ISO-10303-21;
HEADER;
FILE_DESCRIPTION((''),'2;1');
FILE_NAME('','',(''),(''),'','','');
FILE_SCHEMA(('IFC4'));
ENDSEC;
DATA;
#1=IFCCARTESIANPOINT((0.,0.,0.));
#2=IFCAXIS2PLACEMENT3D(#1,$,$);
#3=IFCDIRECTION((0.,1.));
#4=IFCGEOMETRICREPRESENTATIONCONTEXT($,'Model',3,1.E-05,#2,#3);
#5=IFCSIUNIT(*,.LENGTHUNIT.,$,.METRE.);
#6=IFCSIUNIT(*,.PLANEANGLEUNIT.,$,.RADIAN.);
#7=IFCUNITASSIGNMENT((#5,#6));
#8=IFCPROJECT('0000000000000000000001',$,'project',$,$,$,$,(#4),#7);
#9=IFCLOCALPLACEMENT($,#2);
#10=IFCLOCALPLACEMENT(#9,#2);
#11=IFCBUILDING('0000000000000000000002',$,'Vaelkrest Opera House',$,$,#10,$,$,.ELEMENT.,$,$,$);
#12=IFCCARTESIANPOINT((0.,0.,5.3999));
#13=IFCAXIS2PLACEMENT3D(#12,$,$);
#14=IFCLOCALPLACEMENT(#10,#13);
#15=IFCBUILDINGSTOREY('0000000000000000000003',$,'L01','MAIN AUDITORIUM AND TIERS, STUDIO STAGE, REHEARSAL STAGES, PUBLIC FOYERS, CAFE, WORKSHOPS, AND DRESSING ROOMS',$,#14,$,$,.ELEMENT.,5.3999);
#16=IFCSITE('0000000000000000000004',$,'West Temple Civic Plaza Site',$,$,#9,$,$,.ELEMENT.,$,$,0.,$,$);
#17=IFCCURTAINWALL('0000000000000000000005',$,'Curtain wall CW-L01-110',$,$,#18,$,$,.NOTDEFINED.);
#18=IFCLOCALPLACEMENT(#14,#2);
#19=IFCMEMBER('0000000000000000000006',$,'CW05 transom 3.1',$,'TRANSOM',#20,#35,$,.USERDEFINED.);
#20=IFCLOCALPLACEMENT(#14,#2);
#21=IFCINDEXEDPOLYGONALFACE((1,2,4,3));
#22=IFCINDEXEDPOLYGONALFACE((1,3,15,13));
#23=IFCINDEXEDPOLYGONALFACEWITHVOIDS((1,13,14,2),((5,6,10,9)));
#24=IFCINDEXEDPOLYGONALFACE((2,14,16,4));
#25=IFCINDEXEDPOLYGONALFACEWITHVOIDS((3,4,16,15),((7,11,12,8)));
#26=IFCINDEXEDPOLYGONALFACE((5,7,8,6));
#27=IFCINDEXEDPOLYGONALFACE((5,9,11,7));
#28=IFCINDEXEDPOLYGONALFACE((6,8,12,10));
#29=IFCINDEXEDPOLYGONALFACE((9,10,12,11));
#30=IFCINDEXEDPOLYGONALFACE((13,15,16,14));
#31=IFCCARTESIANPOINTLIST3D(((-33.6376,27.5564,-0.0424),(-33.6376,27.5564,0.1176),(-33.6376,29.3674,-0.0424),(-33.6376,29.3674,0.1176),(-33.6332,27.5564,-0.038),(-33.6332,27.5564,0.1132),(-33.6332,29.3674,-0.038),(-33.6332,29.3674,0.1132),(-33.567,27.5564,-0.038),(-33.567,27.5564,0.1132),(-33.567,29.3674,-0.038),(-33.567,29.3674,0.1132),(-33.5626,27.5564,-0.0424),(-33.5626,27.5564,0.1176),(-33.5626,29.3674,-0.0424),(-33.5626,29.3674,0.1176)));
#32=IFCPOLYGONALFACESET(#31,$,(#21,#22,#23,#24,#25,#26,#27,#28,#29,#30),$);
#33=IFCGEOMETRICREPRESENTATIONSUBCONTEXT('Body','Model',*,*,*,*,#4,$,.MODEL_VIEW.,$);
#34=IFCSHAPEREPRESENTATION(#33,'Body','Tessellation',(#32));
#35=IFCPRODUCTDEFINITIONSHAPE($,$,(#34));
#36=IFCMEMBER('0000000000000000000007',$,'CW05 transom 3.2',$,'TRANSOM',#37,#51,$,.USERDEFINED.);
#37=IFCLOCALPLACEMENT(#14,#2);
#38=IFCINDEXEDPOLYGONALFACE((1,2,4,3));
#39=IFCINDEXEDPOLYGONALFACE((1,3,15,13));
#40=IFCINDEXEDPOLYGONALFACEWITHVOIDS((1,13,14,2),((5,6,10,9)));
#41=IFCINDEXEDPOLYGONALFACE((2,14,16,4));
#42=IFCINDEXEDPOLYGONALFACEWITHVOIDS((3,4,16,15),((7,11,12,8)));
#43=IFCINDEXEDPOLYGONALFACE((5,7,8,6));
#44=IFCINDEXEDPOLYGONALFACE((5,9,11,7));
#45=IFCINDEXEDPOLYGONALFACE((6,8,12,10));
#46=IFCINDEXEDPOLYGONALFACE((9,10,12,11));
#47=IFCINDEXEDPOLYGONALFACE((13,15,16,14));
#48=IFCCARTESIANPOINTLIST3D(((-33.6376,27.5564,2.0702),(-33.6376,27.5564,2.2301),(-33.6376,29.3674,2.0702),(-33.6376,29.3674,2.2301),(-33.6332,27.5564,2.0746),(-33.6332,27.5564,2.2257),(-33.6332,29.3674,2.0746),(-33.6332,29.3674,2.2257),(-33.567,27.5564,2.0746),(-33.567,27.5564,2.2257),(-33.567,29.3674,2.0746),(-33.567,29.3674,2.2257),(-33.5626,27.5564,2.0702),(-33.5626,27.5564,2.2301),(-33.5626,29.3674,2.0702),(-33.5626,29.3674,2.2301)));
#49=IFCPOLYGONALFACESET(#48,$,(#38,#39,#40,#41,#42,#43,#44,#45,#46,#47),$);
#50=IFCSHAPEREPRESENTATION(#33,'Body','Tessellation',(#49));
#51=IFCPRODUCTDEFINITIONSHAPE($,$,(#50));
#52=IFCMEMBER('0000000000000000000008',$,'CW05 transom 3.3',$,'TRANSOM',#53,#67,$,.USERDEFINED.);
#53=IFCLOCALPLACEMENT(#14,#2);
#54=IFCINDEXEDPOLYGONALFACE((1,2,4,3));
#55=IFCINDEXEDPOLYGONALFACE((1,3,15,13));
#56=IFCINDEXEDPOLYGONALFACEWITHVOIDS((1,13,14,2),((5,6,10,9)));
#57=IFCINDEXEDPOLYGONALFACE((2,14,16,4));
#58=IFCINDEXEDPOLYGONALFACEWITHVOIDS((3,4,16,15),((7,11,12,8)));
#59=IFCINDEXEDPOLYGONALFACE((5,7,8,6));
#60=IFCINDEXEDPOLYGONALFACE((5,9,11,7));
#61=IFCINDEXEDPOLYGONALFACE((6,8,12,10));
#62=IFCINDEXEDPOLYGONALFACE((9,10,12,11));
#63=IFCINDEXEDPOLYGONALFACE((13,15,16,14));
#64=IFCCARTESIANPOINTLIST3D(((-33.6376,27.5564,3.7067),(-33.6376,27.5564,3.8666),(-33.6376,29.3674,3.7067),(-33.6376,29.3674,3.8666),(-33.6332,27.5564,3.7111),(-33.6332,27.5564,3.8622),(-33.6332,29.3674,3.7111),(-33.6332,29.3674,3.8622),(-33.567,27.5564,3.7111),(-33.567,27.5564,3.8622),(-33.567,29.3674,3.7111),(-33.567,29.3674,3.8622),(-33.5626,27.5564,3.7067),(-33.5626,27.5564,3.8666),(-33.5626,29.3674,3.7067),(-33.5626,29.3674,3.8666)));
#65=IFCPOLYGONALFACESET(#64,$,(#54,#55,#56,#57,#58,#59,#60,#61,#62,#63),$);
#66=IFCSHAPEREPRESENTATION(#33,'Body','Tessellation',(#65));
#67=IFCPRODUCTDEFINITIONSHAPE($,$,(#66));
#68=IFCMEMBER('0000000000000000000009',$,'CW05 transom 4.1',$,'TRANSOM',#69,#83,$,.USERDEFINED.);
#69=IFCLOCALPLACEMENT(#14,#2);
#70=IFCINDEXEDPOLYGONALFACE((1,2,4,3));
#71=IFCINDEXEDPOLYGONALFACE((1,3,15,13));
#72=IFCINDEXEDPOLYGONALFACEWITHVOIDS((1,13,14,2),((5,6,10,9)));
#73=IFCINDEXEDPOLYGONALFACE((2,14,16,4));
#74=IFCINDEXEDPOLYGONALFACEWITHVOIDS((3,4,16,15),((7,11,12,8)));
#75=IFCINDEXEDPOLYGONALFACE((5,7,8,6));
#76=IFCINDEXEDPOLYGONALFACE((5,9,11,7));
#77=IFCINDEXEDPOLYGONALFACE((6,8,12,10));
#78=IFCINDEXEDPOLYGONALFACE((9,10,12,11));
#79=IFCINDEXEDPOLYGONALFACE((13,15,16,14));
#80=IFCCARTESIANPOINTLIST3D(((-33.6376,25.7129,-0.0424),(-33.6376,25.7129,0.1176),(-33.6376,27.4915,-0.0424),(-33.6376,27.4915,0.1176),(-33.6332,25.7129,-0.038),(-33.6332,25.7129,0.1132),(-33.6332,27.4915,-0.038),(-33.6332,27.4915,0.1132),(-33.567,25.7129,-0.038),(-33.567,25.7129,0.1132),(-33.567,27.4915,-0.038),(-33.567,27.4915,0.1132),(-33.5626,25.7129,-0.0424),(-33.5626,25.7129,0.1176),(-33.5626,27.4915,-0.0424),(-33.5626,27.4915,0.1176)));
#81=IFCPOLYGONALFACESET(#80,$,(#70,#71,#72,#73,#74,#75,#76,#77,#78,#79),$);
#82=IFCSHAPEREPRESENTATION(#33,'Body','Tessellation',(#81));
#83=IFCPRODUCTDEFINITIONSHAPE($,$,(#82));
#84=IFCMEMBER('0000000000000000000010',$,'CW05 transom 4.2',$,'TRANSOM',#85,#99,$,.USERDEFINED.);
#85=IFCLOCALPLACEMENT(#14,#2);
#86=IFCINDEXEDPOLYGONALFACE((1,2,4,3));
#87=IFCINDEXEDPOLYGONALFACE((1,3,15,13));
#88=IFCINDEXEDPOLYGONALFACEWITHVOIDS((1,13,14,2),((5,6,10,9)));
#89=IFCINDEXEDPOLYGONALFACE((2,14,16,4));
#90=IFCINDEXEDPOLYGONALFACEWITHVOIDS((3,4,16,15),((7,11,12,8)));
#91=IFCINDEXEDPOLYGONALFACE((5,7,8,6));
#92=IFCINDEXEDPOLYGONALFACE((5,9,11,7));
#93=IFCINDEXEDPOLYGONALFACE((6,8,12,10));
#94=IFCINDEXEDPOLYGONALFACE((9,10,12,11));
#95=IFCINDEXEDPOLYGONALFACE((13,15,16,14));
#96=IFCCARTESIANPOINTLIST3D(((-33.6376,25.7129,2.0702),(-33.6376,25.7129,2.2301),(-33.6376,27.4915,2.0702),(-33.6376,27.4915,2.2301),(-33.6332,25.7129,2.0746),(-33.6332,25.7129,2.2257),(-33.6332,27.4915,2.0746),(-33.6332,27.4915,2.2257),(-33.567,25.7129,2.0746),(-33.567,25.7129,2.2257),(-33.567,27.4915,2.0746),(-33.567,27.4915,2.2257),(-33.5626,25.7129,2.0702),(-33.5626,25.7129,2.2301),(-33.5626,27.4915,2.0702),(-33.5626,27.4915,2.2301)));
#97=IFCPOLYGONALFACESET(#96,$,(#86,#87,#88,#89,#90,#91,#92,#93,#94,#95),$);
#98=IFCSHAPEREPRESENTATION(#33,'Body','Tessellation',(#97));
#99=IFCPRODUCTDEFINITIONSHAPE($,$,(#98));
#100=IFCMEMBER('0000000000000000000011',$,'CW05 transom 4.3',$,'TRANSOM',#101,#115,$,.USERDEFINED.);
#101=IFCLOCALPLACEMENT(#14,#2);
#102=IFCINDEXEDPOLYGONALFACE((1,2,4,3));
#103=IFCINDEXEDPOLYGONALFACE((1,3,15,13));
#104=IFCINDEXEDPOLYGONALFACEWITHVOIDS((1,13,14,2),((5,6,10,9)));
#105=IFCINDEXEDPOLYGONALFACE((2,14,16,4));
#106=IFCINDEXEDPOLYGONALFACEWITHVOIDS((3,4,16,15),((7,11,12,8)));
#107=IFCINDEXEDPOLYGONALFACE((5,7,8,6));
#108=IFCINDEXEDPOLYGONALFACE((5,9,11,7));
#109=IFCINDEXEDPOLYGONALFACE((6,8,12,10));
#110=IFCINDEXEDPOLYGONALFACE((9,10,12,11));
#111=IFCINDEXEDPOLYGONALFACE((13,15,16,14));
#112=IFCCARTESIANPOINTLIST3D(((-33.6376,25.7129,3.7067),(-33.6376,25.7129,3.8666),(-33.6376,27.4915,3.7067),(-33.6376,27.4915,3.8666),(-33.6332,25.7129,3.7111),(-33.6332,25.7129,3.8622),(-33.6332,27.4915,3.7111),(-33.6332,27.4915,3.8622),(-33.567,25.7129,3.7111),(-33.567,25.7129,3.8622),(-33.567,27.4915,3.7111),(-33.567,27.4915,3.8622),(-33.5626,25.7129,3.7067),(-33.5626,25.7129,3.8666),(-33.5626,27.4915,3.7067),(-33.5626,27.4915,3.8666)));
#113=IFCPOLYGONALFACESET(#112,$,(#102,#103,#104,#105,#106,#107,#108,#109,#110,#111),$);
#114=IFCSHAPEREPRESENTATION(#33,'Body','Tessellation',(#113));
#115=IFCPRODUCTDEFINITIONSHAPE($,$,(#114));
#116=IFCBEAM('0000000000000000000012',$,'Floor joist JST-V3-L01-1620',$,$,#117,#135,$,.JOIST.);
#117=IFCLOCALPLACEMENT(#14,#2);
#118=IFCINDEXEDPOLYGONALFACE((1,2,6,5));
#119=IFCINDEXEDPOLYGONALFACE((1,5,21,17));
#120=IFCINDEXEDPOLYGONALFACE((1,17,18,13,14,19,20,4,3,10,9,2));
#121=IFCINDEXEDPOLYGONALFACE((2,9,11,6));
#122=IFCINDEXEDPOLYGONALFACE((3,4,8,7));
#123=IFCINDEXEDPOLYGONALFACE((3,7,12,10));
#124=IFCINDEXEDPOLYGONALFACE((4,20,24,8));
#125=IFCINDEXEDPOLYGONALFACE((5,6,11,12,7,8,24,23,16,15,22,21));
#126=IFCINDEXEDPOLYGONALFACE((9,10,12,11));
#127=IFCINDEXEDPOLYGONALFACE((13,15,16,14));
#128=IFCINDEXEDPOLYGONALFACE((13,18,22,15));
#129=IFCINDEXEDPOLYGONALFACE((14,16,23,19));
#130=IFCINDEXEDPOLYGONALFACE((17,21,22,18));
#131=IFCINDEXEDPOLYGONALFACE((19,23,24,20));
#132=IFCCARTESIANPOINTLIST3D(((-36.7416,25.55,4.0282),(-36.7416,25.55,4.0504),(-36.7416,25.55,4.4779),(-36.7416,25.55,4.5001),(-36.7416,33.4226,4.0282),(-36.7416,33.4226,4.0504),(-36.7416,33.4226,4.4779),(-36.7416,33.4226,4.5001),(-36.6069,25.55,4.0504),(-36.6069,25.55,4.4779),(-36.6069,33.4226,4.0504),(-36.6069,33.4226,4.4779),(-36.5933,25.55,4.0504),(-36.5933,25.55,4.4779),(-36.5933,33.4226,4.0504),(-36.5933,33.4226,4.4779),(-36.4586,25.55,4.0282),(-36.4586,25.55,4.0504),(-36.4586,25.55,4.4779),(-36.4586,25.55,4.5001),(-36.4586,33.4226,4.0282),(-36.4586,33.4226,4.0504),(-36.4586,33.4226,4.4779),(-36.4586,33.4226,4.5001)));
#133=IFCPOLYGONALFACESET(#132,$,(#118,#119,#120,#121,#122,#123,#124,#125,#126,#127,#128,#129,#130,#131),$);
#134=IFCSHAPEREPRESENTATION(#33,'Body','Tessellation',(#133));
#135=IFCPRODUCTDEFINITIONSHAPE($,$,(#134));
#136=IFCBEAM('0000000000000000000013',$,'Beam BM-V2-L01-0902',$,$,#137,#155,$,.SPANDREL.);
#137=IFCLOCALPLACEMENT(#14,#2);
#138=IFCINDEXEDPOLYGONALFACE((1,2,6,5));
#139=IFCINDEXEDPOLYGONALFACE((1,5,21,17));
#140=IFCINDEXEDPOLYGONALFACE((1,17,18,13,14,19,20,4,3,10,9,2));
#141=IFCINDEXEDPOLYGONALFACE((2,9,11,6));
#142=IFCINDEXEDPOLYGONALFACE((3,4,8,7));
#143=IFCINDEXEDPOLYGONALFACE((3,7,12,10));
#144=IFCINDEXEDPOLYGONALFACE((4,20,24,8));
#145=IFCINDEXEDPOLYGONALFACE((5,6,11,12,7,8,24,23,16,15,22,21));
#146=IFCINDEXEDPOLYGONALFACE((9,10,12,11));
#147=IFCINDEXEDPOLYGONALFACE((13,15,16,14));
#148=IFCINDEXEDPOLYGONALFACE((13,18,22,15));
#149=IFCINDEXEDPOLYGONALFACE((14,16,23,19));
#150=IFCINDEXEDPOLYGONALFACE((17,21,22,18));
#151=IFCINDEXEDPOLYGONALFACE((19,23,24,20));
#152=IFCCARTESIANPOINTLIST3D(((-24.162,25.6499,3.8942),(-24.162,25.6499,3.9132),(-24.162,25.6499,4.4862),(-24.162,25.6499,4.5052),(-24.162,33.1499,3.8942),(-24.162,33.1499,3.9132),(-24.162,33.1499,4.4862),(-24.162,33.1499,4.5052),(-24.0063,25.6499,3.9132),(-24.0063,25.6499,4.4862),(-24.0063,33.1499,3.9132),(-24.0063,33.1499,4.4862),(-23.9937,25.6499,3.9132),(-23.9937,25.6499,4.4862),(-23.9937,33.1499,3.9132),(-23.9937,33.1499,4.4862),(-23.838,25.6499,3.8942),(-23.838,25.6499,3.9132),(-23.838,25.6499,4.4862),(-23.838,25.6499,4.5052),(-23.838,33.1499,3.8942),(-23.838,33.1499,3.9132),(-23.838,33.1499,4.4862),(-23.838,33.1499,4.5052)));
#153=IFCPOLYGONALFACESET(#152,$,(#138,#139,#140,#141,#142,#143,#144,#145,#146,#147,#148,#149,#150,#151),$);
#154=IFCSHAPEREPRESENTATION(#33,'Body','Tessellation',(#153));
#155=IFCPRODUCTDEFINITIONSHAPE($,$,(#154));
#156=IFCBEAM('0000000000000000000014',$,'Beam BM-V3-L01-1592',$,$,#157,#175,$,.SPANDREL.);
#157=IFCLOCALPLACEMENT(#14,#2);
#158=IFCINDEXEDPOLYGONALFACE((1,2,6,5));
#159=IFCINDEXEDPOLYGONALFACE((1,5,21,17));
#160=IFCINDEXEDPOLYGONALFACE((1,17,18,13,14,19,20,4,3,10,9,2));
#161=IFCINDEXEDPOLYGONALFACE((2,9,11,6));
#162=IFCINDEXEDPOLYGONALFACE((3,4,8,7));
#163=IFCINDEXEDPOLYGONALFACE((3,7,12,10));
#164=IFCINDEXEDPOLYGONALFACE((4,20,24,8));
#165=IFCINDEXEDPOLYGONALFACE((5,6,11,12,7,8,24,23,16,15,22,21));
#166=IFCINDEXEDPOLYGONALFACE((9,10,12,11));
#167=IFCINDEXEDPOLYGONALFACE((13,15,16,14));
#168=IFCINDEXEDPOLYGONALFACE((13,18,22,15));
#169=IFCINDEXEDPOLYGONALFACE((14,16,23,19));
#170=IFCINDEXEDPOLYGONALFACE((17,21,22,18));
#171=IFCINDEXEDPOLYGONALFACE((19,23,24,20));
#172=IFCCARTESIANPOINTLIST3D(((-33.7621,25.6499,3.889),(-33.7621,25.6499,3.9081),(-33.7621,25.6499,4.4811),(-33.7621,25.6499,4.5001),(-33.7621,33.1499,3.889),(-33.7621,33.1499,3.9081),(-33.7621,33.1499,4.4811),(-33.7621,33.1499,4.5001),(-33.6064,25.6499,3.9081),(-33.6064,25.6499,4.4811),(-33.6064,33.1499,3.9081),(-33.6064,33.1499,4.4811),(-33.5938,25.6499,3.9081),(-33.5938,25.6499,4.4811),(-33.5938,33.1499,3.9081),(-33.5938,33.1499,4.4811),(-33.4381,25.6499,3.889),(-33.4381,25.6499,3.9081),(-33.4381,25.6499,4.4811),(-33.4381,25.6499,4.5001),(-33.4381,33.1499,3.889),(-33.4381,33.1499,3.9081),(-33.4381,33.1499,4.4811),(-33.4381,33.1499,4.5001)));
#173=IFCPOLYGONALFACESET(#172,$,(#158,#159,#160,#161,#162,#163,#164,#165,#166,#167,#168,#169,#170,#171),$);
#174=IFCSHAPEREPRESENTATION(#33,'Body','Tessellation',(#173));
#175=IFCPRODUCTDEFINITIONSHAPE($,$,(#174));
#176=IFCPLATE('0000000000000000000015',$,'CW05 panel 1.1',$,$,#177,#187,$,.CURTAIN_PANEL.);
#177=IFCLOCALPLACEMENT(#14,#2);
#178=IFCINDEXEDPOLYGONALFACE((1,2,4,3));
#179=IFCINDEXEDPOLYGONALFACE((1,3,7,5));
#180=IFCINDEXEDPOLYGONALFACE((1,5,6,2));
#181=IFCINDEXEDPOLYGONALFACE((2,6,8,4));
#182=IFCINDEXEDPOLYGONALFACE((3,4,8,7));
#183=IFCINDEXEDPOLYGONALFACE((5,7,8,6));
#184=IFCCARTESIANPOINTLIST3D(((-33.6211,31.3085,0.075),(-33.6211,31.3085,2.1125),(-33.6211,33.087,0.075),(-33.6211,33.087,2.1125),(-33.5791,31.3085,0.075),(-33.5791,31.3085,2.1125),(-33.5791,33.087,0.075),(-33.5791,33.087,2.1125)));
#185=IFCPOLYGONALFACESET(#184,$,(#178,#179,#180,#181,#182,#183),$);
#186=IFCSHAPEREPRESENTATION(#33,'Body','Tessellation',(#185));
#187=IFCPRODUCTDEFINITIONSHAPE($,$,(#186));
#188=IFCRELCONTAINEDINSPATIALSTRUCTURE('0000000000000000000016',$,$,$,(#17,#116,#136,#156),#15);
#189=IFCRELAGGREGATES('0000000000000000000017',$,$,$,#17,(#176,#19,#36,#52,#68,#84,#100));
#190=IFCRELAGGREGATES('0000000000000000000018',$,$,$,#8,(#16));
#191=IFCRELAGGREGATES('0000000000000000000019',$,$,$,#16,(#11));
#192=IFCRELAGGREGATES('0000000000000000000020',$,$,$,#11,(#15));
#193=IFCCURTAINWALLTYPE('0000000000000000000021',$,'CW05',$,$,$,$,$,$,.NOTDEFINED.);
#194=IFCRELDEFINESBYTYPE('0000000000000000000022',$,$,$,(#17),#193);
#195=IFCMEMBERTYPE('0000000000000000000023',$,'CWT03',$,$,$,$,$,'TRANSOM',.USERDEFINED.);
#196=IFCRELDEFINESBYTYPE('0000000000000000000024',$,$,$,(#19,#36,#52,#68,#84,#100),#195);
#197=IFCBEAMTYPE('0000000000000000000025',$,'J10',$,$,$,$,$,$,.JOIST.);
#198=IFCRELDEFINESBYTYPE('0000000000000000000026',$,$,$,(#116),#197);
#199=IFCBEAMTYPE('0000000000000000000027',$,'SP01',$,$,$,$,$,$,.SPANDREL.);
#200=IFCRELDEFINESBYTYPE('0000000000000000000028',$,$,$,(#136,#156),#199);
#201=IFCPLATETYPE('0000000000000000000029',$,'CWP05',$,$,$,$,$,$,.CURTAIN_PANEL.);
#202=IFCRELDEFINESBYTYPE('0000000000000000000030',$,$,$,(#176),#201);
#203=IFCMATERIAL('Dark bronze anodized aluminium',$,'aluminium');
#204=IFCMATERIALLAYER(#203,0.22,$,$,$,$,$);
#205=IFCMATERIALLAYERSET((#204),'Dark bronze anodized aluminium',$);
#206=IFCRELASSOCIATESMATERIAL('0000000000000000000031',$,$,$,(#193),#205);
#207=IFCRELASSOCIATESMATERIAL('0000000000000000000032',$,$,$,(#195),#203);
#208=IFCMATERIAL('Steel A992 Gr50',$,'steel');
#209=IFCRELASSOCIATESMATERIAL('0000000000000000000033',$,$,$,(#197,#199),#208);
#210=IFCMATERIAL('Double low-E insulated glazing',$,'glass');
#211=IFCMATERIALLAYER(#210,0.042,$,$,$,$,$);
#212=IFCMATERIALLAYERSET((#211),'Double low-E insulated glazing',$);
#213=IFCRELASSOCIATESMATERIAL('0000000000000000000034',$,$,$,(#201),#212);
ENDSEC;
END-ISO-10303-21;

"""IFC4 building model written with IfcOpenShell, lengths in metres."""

from ifc_helpers import new_model, si_unit, direction, frame, origin, origin_2d, place, context, subcontext, project, spatial, rectangle, hollow_rectangle, i_section, extrude, material, layer, layer_set, material_profile, profile_set, type_object, element, aggregate, save


model = new_model("IFC4")

# Units and contexts
model_context = context("Model", 3, precision=1e-05, world=origin(), true_north=direction((0.0, 1.0)))
body_context = subcontext(model_context, "Body", "Model", "MODEL_VIEW")
ifc_project = project(units=[si_unit("LENGTHUNIT", "METRE"), si_unit("PLANEANGLEUNIT", "RADIAN")], contexts=[model_context])

# Site, building, storey
site_placement = place(None, origin())
site = spatial("IfcSite", under=ifc_project, at=site_placement, Name="West Temple Civic Plaza Site", CompositionType="ELEMENT", RefElevation=0.0)
building_placement = place(site_placement, origin())
building = spatial("IfcBuilding", under=site, at=building_placement, Name="Vaelkrest Opera House", CompositionType="ELEMENT")
storey_placement = place(building_placement, frame((0.0, 0.0, 5.3999)))
storey = spatial("IfcBuildingStorey", under=building, at=storey_placement, Name="L01", Description="MAIN AUDITORIUM AND TIERS, STUDIO STAGE, REHEARSAL STAGES, PUBLIC FOYERS, CAFE, WORKSHOPS, AND DRESSING ROOMS", CompositionType="ELEMENT", Elevation=5.3999)

# Curtain wall, members
ifc_material_1 = material(Name="Dark bronze anodized aluminium", Category="aluminium")
ifc_layer_1 = layer(ifc_material_1, 0.22)
ifc_layer_set_1 = layer_set([ifc_layer_1], Name="Dark bronze anodized aluminium")
curtain_wall_type = type_object("IfcCurtainWallType", Name="CW05", PredefinedType="NOTDEFINED", material=ifc_layer_set_1)
curtain_wall_placement = place(storey_placement, origin())
curtain_wall = element("IfcCurtainWall", 1, at=curtain_wall_placement, inside=storey, type_object=curtain_wall_type, Name="Curtain wall CW-L01-110", PredefinedType="NOTDEFINED")
ifc_material_profile_1 = material_profile(ifc_material_1, hollow_rectangle(XDim=0.075, YDim=0.1599, WallThickness=0.0044, at=origin_2d()), Name="CWT75X160")
ifc_profile_set_1 = profile_set([ifc_material_profile_1], Name="Dark bronze anodized aluminium")
member_type_1 = type_object("IfcMemberType", Name="CWT03", ElementType="TRANSOM", PredefinedType="USERDEFINED", material=ifc_profile_set_1)
member_1_placement = place(storey_placement, frame((-33.6001, 29.3674, 0.0376), z_axis=(0.0, -1.0, 0.0), x_axis=(1.0, 0.0, 0.0)))
member_1 = element("IfcMember", 2, at=member_1_placement, type_object=member_type_1, Name="CW05 transom 3.1", ObjectType="TRANSOM", PredefinedType="USERDEFINED", context=body_context, shape_type="SweptSolid", body=[
    extrude(hollow_rectangle(XDim=0.075, YDim=0.1599, WallThickness=0.0044, at=origin_2d()), origin(), (0.0, 0.0, 1.0), 1.811),
])
member_2_placement = place(storey_placement, frame((-33.6001, 29.3674, 2.1501), z_axis=(0.0, -1.0, 0.0), x_axis=(1.0, 0.0, 0.0)))
member_2 = element("IfcMember", 3, at=member_2_placement, type_object=member_type_1, Name="CW05 transom 3.2", ObjectType="TRANSOM", PredefinedType="USERDEFINED", context=body_context, shape_type="SweptSolid", body=[
    extrude(hollow_rectangle(XDim=0.075, YDim=0.1599, WallThickness=0.0044, at=origin_2d()), origin(), (0.0, 0.0, 1.0), 1.811),
])
member_3_placement = place(storey_placement, frame((-33.6001, 29.3674, 3.7866), z_axis=(0.0, -1.0, 0.0), x_axis=(1.0, 0.0, 0.0)))
member_3 = element("IfcMember", 4, at=member_3_placement, type_object=member_type_1, Name="CW05 transom 3.3", ObjectType="TRANSOM", PredefinedType="USERDEFINED", context=body_context, shape_type="SweptSolid", body=[
    extrude(hollow_rectangle(XDim=0.075, YDim=0.1599, WallThickness=0.0044, at=origin_2d()), origin(), (0.0, 0.0, 1.0), 1.811),
])
member_4_placement = place(storey_placement, frame((-33.6001, 27.4915, 0.0376), z_axis=(0.0, -1.0, 0.0), x_axis=(1.0, 0.0, 0.0)))
member_4 = element("IfcMember", 5, at=member_4_placement, type_object=member_type_1, Name="CW05 transom 4.1", ObjectType="TRANSOM", PredefinedType="USERDEFINED", context=body_context, shape_type="SweptSolid", body=[
    extrude(hollow_rectangle(XDim=0.075, YDim=0.1599, WallThickness=0.0044, at=origin_2d()), origin(), (0.0, 0.0, 1.0), 1.7786),
])
member_5_placement = place(storey_placement, frame((-33.6001, 27.4915, 2.1501), z_axis=(0.0, -1.0, 0.0), x_axis=(1.0, 0.0, 0.0)))
member_5 = element("IfcMember", 6, at=member_5_placement, type_object=member_type_1, Name="CW05 transom 4.2", ObjectType="TRANSOM", PredefinedType="USERDEFINED", context=body_context, shape_type="SweptSolid", body=[
    extrude(hollow_rectangle(XDim=0.075, YDim=0.1599, WallThickness=0.0044, at=origin_2d()), origin(), (0.0, 0.0, 1.0), 1.7786),
])
member_6_placement = place(storey_placement, frame((-33.6001, 27.4915, 3.7866), z_axis=(0.0, -1.0, 0.0), x_axis=(1.0, 0.0, 0.0)))
member_6 = element("IfcMember", 7, at=member_6_placement, type_object=member_type_1, Name="CW05 transom 4.3", ObjectType="TRANSOM", PredefinedType="USERDEFINED", context=body_context, shape_type="SweptSolid", body=[
    extrude(hollow_rectangle(XDim=0.075, YDim=0.1599, WallThickness=0.0044, at=origin_2d()), origin(), (0.0, 0.0, 1.0), 1.7786),
])

# Beams
ifc_material_2 = material(Name="Steel A992 Gr50", Category="steel")
ifc_material_profile_2 = material_profile(ifc_material_2, i_section(OverallWidth=0.283, OverallDepth=0.4719, WebThickness=0.0137, FlangeThickness=0.0222, at=origin_2d()), Name="W18X97")
ifc_profile_set_2 = profile_set([ifc_material_profile_2], Name="Steel A992 Gr50")
beam_type_1 = type_object("IfcBeamType", Name="J10", PredefinedType="JOIST", material=ifc_profile_set_2)
beam_1_placement = place(storey_placement, frame((-36.6001, 25.55, 4.2642), z_axis=(0.0, 1.0, 0.0), x_axis=(-1.0, 0.0, 0.0)))
element("IfcBeam", 8, at=beam_1_placement, inside=storey, type_object=beam_type_1, Name="Floor joist JST-V3-L01-1620", PredefinedType="JOIST", context=body_context, shape_type="SweptSolid", body=[
    extrude(i_section(OverallWidth=0.283, OverallDepth=0.4719, WebThickness=0.0137, FlangeThickness=0.0222, at=origin_2d()), origin(), (0.0, 0.0, 1.0), 7.8726),
])
ifc_material_profile_3 = material_profile(ifc_material_2, i_section(OverallWidth=0.324, OverallDepth=0.6111, WebThickness=0.0127, FlangeThickness=0.019, at=origin_2d()), Name="W24X104")
ifc_profile_set_3 = profile_set([ifc_material_profile_3], Name="Steel A992 Gr50")
beam_type_2 = type_object("IfcBeamType", Name="SP01", PredefinedType="SPANDREL", material=ifc_profile_set_3)
for number, where, z_axis, x_axis, name in (
    (9, (-24.0, 25.6499, 4.1997), (0.0, 1.0, 0.0), (-1.0, 0.0, 0.0), "Beam BM-V2-L01-0902"),
    (10, (-33.6001, 25.6499, 4.1946), (0.0, 1.0, 0.0), (-1.0, 0.0, 0.0), "Beam BM-V3-L01-1592"),
):
    element("IfcBeam", number, at=place(storey_placement, frame(where, z_axis=z_axis, x_axis=x_axis)), inside=storey, type_object=beam_type_2, Name=name, PredefinedType="SPANDREL", context=body_context, shape_type="SweptSolid", body=[
        extrude(i_section(OverallWidth=0.324, OverallDepth=0.6111, WebThickness=0.0127, FlangeThickness=0.019, at=origin_2d()), origin(), (0.0, 0.0, 1.0), 7.5),
    ])

# Plate
ifc_material_3 = material(Name="Double low-E insulated glazing", Category="glass")
ifc_layer_2 = layer(ifc_material_3, 0.042)
ifc_layer_set_2 = layer_set([ifc_layer_2], Name="Double low-E insulated glazing")
plate_type = type_object("IfcPlateType", Name="CWP05", PredefinedType="CURTAIN_PANEL", material=ifc_layer_set_2)
plate_1_placement = place(storey_placement, frame((-33.6001, 32.1978, 0.075), z_axis=(0.0, 0.0, 1.0), x_axis=(0.0, -1.0, 0.0)))
plate_1 = element("IfcPlate", 11, at=plate_1_placement, type_object=plate_type, Name="CW05 panel 1.1", PredefinedType="CURTAIN_PANEL", context=body_context, shape_type="SweptSolid", body=[
    extrude(rectangle(XDim=1.7786, YDim=0.042, at=origin_2d()), origin(), (0.0, 0.0, 1.0), 2.0376),
])
aggregate(curtain_wall, [plate_1, member_1, member_2, member_3, member_4, member_5, member_6])

save(model, "model.ifc")
